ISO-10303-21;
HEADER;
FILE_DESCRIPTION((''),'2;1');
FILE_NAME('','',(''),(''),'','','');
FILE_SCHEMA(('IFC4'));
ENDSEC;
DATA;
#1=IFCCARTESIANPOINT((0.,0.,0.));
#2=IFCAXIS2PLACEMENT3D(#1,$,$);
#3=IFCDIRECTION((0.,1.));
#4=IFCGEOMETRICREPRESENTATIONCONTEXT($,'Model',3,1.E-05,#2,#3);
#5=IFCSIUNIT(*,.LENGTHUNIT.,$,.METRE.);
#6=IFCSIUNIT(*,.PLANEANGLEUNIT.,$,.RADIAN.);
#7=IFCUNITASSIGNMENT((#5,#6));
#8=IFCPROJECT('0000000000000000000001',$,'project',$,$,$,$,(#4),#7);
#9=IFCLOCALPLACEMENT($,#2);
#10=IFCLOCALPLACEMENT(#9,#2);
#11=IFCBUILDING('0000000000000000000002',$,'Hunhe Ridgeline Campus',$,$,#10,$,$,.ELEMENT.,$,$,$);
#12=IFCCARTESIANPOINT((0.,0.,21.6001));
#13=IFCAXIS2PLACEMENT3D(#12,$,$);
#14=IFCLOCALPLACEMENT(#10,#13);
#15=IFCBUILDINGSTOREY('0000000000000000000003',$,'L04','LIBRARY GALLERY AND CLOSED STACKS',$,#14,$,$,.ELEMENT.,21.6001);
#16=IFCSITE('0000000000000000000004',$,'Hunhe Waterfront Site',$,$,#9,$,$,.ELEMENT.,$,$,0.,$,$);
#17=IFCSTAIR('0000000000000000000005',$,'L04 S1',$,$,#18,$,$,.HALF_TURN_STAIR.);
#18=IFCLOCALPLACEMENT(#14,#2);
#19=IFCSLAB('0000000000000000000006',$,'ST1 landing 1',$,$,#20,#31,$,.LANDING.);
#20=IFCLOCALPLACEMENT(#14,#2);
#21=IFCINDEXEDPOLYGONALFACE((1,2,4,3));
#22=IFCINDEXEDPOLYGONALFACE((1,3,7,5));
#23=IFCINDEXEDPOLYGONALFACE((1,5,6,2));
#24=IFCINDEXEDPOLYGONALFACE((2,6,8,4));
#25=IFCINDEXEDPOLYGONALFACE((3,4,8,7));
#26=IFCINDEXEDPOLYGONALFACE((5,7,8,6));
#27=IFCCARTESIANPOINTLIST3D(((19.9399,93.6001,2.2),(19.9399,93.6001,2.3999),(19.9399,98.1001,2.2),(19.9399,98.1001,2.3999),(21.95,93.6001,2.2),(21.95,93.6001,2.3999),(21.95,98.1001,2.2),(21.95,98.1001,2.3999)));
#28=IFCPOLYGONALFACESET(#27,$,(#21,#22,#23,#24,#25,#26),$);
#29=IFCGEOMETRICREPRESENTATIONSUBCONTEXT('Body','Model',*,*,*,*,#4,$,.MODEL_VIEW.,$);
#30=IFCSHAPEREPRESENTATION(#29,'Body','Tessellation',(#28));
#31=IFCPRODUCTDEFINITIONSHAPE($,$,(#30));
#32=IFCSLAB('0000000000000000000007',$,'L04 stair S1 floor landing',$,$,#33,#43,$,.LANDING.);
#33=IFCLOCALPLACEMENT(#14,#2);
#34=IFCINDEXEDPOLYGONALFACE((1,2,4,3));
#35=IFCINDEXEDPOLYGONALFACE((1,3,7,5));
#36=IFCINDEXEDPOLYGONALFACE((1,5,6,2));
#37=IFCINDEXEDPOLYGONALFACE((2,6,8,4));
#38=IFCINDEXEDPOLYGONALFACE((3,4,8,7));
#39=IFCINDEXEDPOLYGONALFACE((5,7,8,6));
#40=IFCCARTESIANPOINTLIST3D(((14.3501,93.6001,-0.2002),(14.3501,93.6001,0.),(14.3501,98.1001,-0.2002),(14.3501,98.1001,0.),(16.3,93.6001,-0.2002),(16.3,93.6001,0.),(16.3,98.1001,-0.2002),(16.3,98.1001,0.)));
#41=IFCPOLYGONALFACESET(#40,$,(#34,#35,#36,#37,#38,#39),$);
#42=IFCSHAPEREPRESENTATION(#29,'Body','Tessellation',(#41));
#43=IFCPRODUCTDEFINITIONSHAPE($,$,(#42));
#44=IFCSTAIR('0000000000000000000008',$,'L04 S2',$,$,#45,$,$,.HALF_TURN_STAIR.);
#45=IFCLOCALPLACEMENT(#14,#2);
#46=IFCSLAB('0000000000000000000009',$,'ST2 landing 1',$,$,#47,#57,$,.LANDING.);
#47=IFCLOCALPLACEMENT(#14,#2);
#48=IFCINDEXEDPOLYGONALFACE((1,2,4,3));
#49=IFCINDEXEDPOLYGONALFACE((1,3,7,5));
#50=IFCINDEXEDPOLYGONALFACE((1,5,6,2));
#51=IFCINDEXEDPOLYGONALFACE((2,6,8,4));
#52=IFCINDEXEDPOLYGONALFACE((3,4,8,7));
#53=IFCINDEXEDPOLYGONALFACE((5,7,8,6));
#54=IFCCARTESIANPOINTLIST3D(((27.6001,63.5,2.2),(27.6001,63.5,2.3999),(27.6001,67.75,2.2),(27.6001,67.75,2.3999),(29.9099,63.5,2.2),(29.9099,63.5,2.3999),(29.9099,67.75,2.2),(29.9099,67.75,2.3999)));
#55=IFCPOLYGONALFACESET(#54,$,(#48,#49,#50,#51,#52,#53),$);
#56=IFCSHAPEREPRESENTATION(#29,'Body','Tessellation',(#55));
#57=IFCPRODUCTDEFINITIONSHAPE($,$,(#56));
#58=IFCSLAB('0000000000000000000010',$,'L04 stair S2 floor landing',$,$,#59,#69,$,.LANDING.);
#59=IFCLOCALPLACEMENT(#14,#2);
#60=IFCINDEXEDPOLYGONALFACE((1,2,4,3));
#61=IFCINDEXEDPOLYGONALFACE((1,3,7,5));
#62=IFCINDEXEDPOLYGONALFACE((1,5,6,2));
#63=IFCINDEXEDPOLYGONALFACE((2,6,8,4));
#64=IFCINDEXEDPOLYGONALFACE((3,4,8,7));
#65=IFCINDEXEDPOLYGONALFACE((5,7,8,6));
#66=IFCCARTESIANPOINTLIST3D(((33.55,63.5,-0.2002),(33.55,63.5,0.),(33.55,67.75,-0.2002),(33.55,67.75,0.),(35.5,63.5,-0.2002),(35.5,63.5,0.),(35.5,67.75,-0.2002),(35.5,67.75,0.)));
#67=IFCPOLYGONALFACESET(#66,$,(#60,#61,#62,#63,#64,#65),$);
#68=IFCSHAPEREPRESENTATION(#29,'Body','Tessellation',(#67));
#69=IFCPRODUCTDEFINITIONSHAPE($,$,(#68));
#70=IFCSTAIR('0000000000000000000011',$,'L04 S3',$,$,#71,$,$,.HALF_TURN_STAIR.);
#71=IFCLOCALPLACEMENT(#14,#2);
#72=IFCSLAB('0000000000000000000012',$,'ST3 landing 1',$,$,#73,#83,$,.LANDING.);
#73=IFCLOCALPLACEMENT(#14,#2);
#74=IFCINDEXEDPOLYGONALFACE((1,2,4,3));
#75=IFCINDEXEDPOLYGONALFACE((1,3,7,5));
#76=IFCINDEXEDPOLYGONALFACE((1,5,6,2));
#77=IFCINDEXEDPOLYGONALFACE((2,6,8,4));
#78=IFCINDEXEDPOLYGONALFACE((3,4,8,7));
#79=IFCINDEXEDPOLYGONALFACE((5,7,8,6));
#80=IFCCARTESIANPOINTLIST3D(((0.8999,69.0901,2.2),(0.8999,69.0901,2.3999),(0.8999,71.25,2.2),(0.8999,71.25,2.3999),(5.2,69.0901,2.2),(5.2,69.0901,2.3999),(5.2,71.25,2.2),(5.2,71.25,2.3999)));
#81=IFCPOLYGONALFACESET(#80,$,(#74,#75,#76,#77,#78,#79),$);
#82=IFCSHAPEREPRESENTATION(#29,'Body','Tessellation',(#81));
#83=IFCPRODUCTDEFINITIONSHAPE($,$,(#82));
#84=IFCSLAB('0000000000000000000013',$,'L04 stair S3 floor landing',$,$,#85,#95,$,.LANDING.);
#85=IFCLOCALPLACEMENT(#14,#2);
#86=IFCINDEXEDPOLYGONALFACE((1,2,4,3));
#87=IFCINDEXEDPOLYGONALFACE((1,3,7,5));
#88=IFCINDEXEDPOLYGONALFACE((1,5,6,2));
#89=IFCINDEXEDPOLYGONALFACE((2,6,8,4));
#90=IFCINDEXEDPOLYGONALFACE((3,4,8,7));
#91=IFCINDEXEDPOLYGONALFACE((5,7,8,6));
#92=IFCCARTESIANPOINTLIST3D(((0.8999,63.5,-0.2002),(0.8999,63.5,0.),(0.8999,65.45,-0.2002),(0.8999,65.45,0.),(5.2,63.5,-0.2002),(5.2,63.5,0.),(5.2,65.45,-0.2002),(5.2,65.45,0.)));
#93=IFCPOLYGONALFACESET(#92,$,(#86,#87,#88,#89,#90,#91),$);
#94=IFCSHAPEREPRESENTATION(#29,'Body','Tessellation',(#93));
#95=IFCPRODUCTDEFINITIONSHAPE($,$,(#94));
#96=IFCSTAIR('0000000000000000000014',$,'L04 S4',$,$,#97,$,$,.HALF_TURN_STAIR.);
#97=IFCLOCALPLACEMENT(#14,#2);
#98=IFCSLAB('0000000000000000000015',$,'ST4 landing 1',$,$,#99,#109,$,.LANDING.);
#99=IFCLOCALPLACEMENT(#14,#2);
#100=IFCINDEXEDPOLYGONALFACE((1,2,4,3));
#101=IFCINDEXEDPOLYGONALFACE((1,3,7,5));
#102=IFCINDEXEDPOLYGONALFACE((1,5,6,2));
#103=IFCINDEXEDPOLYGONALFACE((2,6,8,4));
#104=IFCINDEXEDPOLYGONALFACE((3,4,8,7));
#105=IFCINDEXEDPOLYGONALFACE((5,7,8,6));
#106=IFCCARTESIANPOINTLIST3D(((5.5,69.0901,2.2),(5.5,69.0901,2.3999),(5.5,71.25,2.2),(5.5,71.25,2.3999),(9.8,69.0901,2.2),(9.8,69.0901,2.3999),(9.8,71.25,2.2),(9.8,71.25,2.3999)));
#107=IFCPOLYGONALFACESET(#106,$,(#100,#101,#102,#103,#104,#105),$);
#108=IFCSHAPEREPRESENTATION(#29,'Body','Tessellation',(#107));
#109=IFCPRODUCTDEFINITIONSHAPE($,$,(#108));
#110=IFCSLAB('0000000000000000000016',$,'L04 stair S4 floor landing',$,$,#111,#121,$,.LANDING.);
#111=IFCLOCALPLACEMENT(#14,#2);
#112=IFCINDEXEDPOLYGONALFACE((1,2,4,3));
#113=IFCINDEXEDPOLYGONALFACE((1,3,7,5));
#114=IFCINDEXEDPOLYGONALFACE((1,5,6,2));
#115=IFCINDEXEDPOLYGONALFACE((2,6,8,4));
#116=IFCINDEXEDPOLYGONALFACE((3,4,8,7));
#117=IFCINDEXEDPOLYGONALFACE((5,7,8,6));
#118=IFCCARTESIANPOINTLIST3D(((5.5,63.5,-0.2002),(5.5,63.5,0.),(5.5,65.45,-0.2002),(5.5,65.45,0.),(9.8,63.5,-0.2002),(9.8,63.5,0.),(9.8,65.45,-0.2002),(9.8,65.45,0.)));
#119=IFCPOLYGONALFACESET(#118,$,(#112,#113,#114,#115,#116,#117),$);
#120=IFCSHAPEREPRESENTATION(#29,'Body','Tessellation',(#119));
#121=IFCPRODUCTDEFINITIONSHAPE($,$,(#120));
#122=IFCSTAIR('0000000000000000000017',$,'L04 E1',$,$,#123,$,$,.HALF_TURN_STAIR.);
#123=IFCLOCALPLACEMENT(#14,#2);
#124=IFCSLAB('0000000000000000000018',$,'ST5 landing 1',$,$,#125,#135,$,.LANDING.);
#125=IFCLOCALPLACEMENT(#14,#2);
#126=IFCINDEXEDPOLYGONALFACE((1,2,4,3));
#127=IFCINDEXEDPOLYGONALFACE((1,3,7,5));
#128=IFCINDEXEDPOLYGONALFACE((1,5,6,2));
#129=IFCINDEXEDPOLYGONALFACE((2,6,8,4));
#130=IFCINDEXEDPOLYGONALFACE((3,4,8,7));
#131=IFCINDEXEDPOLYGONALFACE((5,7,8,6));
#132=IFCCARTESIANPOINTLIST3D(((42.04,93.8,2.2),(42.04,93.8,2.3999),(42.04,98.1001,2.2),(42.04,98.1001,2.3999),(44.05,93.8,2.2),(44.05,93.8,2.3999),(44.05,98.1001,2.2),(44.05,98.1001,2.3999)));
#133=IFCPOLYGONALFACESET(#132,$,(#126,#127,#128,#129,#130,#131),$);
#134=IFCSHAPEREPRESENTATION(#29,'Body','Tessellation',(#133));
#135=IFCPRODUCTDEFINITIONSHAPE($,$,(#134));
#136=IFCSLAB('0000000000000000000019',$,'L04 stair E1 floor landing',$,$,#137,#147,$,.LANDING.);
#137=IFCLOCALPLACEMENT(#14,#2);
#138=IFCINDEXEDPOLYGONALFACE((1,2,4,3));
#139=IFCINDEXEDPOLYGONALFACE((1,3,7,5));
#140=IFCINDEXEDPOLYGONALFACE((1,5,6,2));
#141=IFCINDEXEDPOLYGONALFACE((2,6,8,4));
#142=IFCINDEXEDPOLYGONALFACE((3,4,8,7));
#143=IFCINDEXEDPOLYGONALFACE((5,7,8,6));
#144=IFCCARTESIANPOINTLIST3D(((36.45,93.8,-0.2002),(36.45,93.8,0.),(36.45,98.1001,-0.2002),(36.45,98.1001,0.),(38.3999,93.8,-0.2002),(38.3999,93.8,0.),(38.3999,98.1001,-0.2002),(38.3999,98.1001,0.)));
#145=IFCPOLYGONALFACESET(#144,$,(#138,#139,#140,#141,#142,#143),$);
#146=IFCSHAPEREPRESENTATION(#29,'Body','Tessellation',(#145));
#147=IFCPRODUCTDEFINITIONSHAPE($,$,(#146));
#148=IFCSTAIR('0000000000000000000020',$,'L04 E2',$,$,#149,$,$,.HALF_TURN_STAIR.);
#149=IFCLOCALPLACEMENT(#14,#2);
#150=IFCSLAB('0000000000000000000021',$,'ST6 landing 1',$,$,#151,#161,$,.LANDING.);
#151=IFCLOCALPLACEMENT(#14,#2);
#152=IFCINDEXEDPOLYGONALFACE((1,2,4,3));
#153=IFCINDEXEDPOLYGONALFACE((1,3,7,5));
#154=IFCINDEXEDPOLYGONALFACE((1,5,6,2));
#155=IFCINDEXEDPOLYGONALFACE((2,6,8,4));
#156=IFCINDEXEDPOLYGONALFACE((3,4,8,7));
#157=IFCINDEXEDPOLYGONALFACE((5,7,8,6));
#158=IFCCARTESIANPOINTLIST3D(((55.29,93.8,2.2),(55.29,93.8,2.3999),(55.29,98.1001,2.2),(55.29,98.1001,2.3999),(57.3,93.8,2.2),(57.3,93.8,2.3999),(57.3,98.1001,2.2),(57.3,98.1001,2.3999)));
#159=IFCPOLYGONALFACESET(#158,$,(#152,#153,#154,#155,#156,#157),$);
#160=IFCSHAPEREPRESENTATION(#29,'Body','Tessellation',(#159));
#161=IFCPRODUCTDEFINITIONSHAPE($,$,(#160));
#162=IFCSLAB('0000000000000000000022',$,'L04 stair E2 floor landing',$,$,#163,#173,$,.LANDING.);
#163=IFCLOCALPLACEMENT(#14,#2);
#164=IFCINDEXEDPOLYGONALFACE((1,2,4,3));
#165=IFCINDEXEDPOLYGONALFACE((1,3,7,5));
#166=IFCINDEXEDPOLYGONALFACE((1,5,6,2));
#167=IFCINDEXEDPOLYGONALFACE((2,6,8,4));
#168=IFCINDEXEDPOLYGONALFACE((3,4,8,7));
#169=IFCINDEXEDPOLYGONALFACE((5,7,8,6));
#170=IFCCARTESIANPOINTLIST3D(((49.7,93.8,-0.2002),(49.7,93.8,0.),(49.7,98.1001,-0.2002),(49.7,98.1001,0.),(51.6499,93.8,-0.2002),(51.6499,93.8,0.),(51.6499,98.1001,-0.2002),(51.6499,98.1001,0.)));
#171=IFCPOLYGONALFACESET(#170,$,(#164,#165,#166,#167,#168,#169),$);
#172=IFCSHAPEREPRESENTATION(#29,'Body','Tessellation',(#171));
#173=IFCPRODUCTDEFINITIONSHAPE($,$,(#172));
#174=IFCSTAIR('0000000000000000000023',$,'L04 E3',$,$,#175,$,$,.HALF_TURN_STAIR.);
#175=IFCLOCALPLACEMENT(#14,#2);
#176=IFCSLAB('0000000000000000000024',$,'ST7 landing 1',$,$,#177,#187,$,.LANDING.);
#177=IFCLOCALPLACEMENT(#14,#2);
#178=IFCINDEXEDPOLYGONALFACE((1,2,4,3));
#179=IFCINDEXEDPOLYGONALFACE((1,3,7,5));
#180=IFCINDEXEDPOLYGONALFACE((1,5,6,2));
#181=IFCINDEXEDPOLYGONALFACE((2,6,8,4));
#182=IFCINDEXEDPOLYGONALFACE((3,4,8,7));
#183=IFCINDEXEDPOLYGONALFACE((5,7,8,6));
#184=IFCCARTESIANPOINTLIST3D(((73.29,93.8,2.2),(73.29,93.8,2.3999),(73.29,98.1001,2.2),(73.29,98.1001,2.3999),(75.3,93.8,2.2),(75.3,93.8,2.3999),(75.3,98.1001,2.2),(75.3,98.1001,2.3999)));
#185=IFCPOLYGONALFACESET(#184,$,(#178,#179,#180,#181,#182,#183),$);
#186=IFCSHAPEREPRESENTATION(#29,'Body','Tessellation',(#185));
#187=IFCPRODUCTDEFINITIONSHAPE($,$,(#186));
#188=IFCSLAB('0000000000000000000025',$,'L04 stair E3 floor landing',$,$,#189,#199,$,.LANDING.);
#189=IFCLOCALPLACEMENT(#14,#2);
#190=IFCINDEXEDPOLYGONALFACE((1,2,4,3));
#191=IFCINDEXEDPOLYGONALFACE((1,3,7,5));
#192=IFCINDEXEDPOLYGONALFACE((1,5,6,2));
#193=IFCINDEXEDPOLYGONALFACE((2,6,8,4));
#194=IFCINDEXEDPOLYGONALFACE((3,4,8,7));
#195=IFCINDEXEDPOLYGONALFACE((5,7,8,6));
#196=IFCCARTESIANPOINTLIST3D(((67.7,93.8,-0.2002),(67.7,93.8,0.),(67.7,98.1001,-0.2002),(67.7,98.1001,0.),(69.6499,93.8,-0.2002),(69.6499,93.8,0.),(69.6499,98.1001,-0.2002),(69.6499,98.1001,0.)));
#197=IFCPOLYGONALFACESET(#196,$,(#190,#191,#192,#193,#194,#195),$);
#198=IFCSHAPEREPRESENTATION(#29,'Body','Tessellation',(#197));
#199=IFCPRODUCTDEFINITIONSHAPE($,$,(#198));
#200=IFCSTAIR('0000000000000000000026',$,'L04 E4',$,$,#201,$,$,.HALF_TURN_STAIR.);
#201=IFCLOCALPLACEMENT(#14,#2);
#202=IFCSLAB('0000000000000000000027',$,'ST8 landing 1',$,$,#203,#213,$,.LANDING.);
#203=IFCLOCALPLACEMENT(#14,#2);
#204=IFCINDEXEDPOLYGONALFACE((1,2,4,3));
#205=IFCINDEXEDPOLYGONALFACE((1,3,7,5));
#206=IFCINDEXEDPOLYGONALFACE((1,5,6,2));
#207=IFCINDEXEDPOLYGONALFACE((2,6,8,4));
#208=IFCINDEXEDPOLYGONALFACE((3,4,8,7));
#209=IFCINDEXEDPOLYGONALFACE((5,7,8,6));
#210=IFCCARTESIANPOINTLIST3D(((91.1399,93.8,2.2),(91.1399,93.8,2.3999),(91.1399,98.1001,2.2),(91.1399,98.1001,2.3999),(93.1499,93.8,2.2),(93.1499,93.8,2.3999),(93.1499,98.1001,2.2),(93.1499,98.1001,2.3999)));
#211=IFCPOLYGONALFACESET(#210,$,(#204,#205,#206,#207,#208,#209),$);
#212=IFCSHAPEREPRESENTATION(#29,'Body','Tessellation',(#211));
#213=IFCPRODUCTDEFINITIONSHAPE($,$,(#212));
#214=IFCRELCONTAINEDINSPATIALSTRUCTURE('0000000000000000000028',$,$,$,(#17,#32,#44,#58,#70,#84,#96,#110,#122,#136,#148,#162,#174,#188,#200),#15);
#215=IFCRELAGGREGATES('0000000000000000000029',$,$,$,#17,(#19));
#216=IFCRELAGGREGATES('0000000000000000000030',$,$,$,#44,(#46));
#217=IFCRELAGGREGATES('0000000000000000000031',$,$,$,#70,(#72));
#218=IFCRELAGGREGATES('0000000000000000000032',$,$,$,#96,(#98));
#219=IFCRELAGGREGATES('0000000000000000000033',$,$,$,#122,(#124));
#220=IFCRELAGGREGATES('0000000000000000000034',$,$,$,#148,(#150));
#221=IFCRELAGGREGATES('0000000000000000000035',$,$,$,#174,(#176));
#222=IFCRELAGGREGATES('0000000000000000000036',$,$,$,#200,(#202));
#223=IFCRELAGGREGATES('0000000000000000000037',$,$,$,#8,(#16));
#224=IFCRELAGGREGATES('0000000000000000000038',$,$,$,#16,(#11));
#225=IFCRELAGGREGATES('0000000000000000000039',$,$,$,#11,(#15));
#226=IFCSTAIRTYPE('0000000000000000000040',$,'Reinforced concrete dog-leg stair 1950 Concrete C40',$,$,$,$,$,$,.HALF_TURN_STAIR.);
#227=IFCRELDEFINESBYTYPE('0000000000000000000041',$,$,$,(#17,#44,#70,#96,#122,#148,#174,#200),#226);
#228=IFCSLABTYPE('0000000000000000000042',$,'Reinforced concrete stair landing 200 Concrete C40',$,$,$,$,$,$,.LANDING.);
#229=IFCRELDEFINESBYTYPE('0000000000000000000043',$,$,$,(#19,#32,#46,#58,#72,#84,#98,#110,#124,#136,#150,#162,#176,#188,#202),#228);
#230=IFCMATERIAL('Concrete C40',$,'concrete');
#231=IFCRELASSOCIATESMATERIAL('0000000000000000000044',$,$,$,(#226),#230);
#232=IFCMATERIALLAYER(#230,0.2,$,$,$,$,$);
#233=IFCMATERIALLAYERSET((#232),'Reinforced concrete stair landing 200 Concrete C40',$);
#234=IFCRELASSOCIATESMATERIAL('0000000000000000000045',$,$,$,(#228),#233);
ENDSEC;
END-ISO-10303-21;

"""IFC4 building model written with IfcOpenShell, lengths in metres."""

from ifc_helpers import new_model, si_unit, direction, frame, origin, place, context, subcontext, project, spatial, polyline, outline, extrude, material, layer, layer_set, type_object, element, aggregate, save


model = new_model("IFC4")

# Units and contexts
model_context = context("Model", 3, precision=1e-05, world=origin(), true_north=direction((0.0, 1.0)))
body_context = subcontext(model_context, "Body", "Model", "MODEL_VIEW")
ifc_project = project(units=[si_unit("LENGTHUNIT", "METRE"), si_unit("PLANEANGLEUNIT", "RADIAN")], contexts=[model_context])

# Site, building, storey
site_placement = place(None, origin())
site = spatial("IfcSite", under=ifc_project, at=site_placement, Name="Hunhe Waterfront Site", CompositionType="ELEMENT", RefElevation=0.0)
building_placement = place(site_placement, origin())
building = spatial("IfcBuilding", under=site, at=building_placement, Name="Hunhe Ridgeline Campus", CompositionType="ELEMENT")
storey_placement = place(building_placement, frame((0.0, 0.0, 21.6001)))
storey = spatial("IfcBuildingStorey", under=building, at=storey_placement, Name="L04", Description="LIBRARY GALLERY AND CLOSED STACKS", CompositionType="ELEMENT", Elevation=21.6001)

# Stair, slab
ifc_material = material(Name="Concrete C40", Category="concrete")
stair_type = type_object("IfcStairType", Name="Reinforced concrete dog-leg stair 1950 Concrete C40", PredefinedType="HALF_TURN_STAIR", material=ifc_material)
stair_1_placement = place(storey_placement, origin())
stair_1 = element("IfcStair", 1, at=stair_1_placement, inside=storey, type_object=stair_type, Name="L04 S1", PredefinedType="HALF_TURN_STAIR")
ifc_layer = layer(ifc_material, 0.2)
ifc_layer_set = layer_set([ifc_layer], Name="Reinforced concrete stair landing 200 Concrete C40")
slab_type = type_object("IfcSlabType", Name="Reinforced concrete stair landing 200 Concrete C40", PredefinedType="LANDING", material=ifc_layer_set)
slab_1_placement = place(storey_placement, frame((0.0, 0.0, 2.2)))
slab_1 = element("IfcSlab", 2, at=slab_1_placement, type_object=slab_type, Name="ST1 landing 1", PredefinedType="LANDING", context=body_context, shape_type="SweptSolid", body=[
    extrude(outline(polyline([(19.9399, 93.6001), (21.95, 93.6001), (21.95, 98.1001), (19.9399, 98.1001), (19.9399, 93.6001)])), origin(), (0.0, 0.0, 1.0), 0.2),
])
aggregate(stair_1, [slab_1])

# Slab
slab_2_placement = place(storey_placement, frame((0.0, 0.0, -0.2002)))
element("IfcSlab", 3, at=slab_2_placement, inside=storey, type_object=slab_type, Name="L04 stair S1 floor landing", PredefinedType="LANDING", context=body_context, shape_type="SweptSolid", body=[
    extrude(outline(polyline([(14.3501, 93.6001), (16.3, 93.6001), (16.3, 98.1001), (14.3501, 98.1001), (14.3501, 93.6001)])), origin(), (0.0, 0.0, 1.0), 0.2002),
])

# Stair, slab
stair_2_placement = place(storey_placement, origin())
stair_2 = element("IfcStair", 4, at=stair_2_placement, inside=storey, type_object=stair_type, Name="L04 S2", PredefinedType="HALF_TURN_STAIR")
slab_3_placement = place(storey_placement, frame((0.0, 0.0, 2.2)))
slab_3 = element("IfcSlab", 5, at=slab_3_placement, type_object=slab_type, Name="ST2 landing 1", PredefinedType="LANDING", context=body_context, shape_type="SweptSolid", body=[
    extrude(outline(polyline([(29.9099, 67.75), (27.6001, 67.75), (27.6001, 63.5), (29.9099, 63.5), (29.9099, 67.75)])), origin(), (0.0, 0.0, 1.0), 0.2),
])
aggregate(stair_2, [slab_3])

# Slab
slab_4_placement = place(storey_placement, frame((0.0, 0.0, -0.2002)))
element("IfcSlab", 6, at=slab_4_placement, inside=storey, type_object=slab_type, Name="L04 stair S2 floor landing", PredefinedType="LANDING", context=body_context, shape_type="SweptSolid", body=[
    extrude(outline(polyline([(35.5, 67.75), (33.55, 67.75), (33.55, 63.5), (35.5, 63.5), (35.5, 67.75)])), origin(), (0.0, 0.0, 1.0), 0.2002),
])

# Stair, slab
stair_3_placement = place(storey_placement, origin())
stair_3 = element("IfcStair", 7, at=stair_3_placement, inside=storey, type_object=stair_type, Name="L04 S3", PredefinedType="HALF_TURN_STAIR")
slab_5_placement = place(storey_placement, frame((0.0, 0.0, 2.2)))
slab_5 = element("IfcSlab", 8, at=slab_5_placement, type_object=slab_type, Name="ST3 landing 1", PredefinedType="LANDING", context=body_context, shape_type="SweptSolid", body=[
    extrude(outline(polyline([(5.2, 69.0901), (5.2, 71.25), (0.8999, 71.25), (0.8999, 69.0901), (5.2, 69.0901)])), origin(), (0.0, 0.0, 1.0), 0.2),
])
aggregate(stair_3, [slab_5])

# Slab
slab_6_placement = place(storey_placement, frame((0.0, 0.0, -0.2002)))
element("IfcSlab", 9, at=slab_6_placement, inside=storey, type_object=slab_type, Name="L04 stair S3 floor landing", PredefinedType="LANDING", context=body_context, shape_type="SweptSolid", body=[
    extrude(outline(polyline([(5.2, 63.5), (5.2, 65.45), (0.8999, 65.45), (0.8999, 63.5), (5.2, 63.5)])), origin(), (0.0, 0.0, 1.0), 0.2002),
])

# Stair, slab
stair_4_placement = place(storey_placement, origin())
stair_4 = element("IfcStair", 10, at=stair_4_placement, inside=storey, type_object=stair_type, Name="L04 S4", PredefinedType="HALF_TURN_STAIR")
slab_7_placement = place(storey_placement, frame((0.0, 0.0, 2.2)))
slab_7 = element("IfcSlab", 11, at=slab_7_placement, type_object=slab_type, Name="ST4 landing 1", PredefinedType="LANDING", context=body_context, shape_type="SweptSolid", body=[
    extrude(outline(polyline([(9.8, 69.0901), (9.8, 71.25), (5.5, 71.25), (5.5, 69.0901), (9.8, 69.0901)])), origin(), (0.0, 0.0, 1.0), 0.2),
])
aggregate(stair_4, [slab_7])

# Slab
slab_8_placement = place(storey_placement, frame((0.0, 0.0, -0.2002)))
element("IfcSlab", 12, at=slab_8_placement, inside=storey, type_object=slab_type, Name="L04 stair S4 floor landing", PredefinedType="LANDING", context=body_context, shape_type="SweptSolid", body=[
    extrude(outline(polyline([(9.8, 63.5), (9.8, 65.45), (5.5, 65.45), (5.5, 63.5), (9.8, 63.5)])), origin(), (0.0, 0.0, 1.0), 0.2002),
])

# Stair, slab
stair_5_placement = place(storey_placement, origin())
stair_5 = element("IfcStair", 13, at=stair_5_placement, inside=storey, type_object=stair_type, Name="L04 E1", PredefinedType="HALF_TURN_STAIR")
slab_9_placement = place(storey_placement, frame((0.0, 0.0, 2.2)))
slab_9 = element("IfcSlab", 14, at=slab_9_placement, type_object=slab_type, Name="ST5 landing 1", PredefinedType="LANDING", context=body_context, shape_type="SweptSolid", body=[
    extrude(outline(polyline([(42.04, 93.8), (44.05, 93.8), (44.05, 98.1001), (42.04, 98.1001), (42.04, 93.8)])), origin(), (0.0, 0.0, 1.0), 0.2),
])
aggregate(stair_5, [slab_9])

# Slab
slab_10_placement = place(storey_placement, frame((0.0, 0.0, -0.2002)))
element("IfcSlab", 15, at=slab_10_placement, inside=storey, type_object=slab_type, Name="L04 stair E1 floor landing", PredefinedType="LANDING", context=body_context, shape_type="SweptSolid", body=[
    extrude(outline(polyline([(36.45, 93.8), (38.3999, 93.8), (38.3999, 98.1001), (36.45, 98.1001), (36.45, 93.8)])), origin(), (0.0, 0.0, 1.0), 0.2002),
])

# Stair, slab
stair_6_placement = place(storey_placement, origin())
stair_6 = element("IfcStair", 16, at=stair_6_placement, inside=storey, type_object=stair_type, Name="L04 E2", PredefinedType="HALF_TURN_STAIR")
slab_11_placement = place(storey_placement, frame((0.0, 0.0, 2.2)))
slab_11 = element("IfcSlab", 17, at=slab_11_placement, type_object=slab_type, Name="ST6 landing 1", PredefinedType="LANDING", context=body_context, shape_type="SweptSolid", body=[
    extrude(outline(polyline([(55.29, 93.8), (57.3, 93.8), (57.3, 98.1001), (55.29, 98.1001), (55.29, 93.8)])), origin(), (0.0, 0.0, 1.0), 0.2),
])
aggregate(stair_6, [slab_11])

# Slab
slab_12_placement = place(storey_placement, frame((0.0, 0.0, -0.2002)))
element("IfcSlab", 18, at=slab_12_placement, inside=storey, type_object=slab_type, Name="L04 stair E2 floor landing", PredefinedType="LANDING", context=body_context, shape_type="SweptSolid", body=[
    extrude(outline(polyline([(49.7, 93.8), (51.6499, 93.8), (51.6499, 98.1001), (49.7, 98.1001), (49.7, 93.8)])), origin(), (0.0, 0.0, 1.0), 0.2002),
])

# Stair, slab
stair_7_placement = place(storey_placement, origin())
stair_7 = element("IfcStair", 19, at=stair_7_placement, inside=storey, type_object=stair_type, Name="L04 E3", PredefinedType="HALF_TURN_STAIR")
slab_13_placement = place(storey_placement, frame((0.0, 0.0, 2.2)))
slab_13 = element("IfcSlab", 20, at=slab_13_placement, type_object=slab_type, Name="ST7 landing 1", PredefinedType="LANDING", context=body_context, shape_type="SweptSolid", body=[
    extrude(outline(polyline([(73.29, 93.8), (75.3, 93.8), (75.3, 98.1001), (73.29, 98.1001), (73.29, 93.8)])), origin(), (0.0, 0.0, 1.0), 0.2),
])
aggregate(stair_7, [slab_13])

# Slab
slab_14_placement = place(storey_placement, frame((0.0, 0.0, -0.2002)))
element("IfcSlab", 21, at=slab_14_placement, inside=storey, type_object=slab_type, Name="L04 stair E3 floor landing", PredefinedType="LANDING", context=body_context, shape_type="SweptSolid", body=[
    extrude(outline(polyline([(67.7, 93.8), (69.6499, 93.8), (69.6499, 98.1001), (67.7, 98.1001), (67.7, 93.8)])), origin(), (0.0, 0.0, 1.0), 0.2002),
])

# Stair, slab
stair_8_placement = place(storey_placement, origin())
stair_8 = element("IfcStair", 22, at=stair_8_placement, inside=storey, type_object=stair_type, Name="L04 E4", PredefinedType="HALF_TURN_STAIR")
slab_15_placement = place(storey_placement, frame((0.0, 0.0, 2.2)))
slab_15 = element("IfcSlab", 23, at=slab_15_placement, type_object=slab_type, Name="ST8 landing 1", PredefinedType="LANDING", context=body_context, shape_type="SweptSolid", body=[
    extrude(outline(polyline([(91.1399, 93.8), (93.1499, 93.8), (93.1499, 98.1001), (91.1399, 98.1001), (91.1399, 93.8)])), origin(), (0.0, 0.0, 1.0), 0.2),
])
aggregate(stair_8, [slab_15])

save(model, "model.ifc")
